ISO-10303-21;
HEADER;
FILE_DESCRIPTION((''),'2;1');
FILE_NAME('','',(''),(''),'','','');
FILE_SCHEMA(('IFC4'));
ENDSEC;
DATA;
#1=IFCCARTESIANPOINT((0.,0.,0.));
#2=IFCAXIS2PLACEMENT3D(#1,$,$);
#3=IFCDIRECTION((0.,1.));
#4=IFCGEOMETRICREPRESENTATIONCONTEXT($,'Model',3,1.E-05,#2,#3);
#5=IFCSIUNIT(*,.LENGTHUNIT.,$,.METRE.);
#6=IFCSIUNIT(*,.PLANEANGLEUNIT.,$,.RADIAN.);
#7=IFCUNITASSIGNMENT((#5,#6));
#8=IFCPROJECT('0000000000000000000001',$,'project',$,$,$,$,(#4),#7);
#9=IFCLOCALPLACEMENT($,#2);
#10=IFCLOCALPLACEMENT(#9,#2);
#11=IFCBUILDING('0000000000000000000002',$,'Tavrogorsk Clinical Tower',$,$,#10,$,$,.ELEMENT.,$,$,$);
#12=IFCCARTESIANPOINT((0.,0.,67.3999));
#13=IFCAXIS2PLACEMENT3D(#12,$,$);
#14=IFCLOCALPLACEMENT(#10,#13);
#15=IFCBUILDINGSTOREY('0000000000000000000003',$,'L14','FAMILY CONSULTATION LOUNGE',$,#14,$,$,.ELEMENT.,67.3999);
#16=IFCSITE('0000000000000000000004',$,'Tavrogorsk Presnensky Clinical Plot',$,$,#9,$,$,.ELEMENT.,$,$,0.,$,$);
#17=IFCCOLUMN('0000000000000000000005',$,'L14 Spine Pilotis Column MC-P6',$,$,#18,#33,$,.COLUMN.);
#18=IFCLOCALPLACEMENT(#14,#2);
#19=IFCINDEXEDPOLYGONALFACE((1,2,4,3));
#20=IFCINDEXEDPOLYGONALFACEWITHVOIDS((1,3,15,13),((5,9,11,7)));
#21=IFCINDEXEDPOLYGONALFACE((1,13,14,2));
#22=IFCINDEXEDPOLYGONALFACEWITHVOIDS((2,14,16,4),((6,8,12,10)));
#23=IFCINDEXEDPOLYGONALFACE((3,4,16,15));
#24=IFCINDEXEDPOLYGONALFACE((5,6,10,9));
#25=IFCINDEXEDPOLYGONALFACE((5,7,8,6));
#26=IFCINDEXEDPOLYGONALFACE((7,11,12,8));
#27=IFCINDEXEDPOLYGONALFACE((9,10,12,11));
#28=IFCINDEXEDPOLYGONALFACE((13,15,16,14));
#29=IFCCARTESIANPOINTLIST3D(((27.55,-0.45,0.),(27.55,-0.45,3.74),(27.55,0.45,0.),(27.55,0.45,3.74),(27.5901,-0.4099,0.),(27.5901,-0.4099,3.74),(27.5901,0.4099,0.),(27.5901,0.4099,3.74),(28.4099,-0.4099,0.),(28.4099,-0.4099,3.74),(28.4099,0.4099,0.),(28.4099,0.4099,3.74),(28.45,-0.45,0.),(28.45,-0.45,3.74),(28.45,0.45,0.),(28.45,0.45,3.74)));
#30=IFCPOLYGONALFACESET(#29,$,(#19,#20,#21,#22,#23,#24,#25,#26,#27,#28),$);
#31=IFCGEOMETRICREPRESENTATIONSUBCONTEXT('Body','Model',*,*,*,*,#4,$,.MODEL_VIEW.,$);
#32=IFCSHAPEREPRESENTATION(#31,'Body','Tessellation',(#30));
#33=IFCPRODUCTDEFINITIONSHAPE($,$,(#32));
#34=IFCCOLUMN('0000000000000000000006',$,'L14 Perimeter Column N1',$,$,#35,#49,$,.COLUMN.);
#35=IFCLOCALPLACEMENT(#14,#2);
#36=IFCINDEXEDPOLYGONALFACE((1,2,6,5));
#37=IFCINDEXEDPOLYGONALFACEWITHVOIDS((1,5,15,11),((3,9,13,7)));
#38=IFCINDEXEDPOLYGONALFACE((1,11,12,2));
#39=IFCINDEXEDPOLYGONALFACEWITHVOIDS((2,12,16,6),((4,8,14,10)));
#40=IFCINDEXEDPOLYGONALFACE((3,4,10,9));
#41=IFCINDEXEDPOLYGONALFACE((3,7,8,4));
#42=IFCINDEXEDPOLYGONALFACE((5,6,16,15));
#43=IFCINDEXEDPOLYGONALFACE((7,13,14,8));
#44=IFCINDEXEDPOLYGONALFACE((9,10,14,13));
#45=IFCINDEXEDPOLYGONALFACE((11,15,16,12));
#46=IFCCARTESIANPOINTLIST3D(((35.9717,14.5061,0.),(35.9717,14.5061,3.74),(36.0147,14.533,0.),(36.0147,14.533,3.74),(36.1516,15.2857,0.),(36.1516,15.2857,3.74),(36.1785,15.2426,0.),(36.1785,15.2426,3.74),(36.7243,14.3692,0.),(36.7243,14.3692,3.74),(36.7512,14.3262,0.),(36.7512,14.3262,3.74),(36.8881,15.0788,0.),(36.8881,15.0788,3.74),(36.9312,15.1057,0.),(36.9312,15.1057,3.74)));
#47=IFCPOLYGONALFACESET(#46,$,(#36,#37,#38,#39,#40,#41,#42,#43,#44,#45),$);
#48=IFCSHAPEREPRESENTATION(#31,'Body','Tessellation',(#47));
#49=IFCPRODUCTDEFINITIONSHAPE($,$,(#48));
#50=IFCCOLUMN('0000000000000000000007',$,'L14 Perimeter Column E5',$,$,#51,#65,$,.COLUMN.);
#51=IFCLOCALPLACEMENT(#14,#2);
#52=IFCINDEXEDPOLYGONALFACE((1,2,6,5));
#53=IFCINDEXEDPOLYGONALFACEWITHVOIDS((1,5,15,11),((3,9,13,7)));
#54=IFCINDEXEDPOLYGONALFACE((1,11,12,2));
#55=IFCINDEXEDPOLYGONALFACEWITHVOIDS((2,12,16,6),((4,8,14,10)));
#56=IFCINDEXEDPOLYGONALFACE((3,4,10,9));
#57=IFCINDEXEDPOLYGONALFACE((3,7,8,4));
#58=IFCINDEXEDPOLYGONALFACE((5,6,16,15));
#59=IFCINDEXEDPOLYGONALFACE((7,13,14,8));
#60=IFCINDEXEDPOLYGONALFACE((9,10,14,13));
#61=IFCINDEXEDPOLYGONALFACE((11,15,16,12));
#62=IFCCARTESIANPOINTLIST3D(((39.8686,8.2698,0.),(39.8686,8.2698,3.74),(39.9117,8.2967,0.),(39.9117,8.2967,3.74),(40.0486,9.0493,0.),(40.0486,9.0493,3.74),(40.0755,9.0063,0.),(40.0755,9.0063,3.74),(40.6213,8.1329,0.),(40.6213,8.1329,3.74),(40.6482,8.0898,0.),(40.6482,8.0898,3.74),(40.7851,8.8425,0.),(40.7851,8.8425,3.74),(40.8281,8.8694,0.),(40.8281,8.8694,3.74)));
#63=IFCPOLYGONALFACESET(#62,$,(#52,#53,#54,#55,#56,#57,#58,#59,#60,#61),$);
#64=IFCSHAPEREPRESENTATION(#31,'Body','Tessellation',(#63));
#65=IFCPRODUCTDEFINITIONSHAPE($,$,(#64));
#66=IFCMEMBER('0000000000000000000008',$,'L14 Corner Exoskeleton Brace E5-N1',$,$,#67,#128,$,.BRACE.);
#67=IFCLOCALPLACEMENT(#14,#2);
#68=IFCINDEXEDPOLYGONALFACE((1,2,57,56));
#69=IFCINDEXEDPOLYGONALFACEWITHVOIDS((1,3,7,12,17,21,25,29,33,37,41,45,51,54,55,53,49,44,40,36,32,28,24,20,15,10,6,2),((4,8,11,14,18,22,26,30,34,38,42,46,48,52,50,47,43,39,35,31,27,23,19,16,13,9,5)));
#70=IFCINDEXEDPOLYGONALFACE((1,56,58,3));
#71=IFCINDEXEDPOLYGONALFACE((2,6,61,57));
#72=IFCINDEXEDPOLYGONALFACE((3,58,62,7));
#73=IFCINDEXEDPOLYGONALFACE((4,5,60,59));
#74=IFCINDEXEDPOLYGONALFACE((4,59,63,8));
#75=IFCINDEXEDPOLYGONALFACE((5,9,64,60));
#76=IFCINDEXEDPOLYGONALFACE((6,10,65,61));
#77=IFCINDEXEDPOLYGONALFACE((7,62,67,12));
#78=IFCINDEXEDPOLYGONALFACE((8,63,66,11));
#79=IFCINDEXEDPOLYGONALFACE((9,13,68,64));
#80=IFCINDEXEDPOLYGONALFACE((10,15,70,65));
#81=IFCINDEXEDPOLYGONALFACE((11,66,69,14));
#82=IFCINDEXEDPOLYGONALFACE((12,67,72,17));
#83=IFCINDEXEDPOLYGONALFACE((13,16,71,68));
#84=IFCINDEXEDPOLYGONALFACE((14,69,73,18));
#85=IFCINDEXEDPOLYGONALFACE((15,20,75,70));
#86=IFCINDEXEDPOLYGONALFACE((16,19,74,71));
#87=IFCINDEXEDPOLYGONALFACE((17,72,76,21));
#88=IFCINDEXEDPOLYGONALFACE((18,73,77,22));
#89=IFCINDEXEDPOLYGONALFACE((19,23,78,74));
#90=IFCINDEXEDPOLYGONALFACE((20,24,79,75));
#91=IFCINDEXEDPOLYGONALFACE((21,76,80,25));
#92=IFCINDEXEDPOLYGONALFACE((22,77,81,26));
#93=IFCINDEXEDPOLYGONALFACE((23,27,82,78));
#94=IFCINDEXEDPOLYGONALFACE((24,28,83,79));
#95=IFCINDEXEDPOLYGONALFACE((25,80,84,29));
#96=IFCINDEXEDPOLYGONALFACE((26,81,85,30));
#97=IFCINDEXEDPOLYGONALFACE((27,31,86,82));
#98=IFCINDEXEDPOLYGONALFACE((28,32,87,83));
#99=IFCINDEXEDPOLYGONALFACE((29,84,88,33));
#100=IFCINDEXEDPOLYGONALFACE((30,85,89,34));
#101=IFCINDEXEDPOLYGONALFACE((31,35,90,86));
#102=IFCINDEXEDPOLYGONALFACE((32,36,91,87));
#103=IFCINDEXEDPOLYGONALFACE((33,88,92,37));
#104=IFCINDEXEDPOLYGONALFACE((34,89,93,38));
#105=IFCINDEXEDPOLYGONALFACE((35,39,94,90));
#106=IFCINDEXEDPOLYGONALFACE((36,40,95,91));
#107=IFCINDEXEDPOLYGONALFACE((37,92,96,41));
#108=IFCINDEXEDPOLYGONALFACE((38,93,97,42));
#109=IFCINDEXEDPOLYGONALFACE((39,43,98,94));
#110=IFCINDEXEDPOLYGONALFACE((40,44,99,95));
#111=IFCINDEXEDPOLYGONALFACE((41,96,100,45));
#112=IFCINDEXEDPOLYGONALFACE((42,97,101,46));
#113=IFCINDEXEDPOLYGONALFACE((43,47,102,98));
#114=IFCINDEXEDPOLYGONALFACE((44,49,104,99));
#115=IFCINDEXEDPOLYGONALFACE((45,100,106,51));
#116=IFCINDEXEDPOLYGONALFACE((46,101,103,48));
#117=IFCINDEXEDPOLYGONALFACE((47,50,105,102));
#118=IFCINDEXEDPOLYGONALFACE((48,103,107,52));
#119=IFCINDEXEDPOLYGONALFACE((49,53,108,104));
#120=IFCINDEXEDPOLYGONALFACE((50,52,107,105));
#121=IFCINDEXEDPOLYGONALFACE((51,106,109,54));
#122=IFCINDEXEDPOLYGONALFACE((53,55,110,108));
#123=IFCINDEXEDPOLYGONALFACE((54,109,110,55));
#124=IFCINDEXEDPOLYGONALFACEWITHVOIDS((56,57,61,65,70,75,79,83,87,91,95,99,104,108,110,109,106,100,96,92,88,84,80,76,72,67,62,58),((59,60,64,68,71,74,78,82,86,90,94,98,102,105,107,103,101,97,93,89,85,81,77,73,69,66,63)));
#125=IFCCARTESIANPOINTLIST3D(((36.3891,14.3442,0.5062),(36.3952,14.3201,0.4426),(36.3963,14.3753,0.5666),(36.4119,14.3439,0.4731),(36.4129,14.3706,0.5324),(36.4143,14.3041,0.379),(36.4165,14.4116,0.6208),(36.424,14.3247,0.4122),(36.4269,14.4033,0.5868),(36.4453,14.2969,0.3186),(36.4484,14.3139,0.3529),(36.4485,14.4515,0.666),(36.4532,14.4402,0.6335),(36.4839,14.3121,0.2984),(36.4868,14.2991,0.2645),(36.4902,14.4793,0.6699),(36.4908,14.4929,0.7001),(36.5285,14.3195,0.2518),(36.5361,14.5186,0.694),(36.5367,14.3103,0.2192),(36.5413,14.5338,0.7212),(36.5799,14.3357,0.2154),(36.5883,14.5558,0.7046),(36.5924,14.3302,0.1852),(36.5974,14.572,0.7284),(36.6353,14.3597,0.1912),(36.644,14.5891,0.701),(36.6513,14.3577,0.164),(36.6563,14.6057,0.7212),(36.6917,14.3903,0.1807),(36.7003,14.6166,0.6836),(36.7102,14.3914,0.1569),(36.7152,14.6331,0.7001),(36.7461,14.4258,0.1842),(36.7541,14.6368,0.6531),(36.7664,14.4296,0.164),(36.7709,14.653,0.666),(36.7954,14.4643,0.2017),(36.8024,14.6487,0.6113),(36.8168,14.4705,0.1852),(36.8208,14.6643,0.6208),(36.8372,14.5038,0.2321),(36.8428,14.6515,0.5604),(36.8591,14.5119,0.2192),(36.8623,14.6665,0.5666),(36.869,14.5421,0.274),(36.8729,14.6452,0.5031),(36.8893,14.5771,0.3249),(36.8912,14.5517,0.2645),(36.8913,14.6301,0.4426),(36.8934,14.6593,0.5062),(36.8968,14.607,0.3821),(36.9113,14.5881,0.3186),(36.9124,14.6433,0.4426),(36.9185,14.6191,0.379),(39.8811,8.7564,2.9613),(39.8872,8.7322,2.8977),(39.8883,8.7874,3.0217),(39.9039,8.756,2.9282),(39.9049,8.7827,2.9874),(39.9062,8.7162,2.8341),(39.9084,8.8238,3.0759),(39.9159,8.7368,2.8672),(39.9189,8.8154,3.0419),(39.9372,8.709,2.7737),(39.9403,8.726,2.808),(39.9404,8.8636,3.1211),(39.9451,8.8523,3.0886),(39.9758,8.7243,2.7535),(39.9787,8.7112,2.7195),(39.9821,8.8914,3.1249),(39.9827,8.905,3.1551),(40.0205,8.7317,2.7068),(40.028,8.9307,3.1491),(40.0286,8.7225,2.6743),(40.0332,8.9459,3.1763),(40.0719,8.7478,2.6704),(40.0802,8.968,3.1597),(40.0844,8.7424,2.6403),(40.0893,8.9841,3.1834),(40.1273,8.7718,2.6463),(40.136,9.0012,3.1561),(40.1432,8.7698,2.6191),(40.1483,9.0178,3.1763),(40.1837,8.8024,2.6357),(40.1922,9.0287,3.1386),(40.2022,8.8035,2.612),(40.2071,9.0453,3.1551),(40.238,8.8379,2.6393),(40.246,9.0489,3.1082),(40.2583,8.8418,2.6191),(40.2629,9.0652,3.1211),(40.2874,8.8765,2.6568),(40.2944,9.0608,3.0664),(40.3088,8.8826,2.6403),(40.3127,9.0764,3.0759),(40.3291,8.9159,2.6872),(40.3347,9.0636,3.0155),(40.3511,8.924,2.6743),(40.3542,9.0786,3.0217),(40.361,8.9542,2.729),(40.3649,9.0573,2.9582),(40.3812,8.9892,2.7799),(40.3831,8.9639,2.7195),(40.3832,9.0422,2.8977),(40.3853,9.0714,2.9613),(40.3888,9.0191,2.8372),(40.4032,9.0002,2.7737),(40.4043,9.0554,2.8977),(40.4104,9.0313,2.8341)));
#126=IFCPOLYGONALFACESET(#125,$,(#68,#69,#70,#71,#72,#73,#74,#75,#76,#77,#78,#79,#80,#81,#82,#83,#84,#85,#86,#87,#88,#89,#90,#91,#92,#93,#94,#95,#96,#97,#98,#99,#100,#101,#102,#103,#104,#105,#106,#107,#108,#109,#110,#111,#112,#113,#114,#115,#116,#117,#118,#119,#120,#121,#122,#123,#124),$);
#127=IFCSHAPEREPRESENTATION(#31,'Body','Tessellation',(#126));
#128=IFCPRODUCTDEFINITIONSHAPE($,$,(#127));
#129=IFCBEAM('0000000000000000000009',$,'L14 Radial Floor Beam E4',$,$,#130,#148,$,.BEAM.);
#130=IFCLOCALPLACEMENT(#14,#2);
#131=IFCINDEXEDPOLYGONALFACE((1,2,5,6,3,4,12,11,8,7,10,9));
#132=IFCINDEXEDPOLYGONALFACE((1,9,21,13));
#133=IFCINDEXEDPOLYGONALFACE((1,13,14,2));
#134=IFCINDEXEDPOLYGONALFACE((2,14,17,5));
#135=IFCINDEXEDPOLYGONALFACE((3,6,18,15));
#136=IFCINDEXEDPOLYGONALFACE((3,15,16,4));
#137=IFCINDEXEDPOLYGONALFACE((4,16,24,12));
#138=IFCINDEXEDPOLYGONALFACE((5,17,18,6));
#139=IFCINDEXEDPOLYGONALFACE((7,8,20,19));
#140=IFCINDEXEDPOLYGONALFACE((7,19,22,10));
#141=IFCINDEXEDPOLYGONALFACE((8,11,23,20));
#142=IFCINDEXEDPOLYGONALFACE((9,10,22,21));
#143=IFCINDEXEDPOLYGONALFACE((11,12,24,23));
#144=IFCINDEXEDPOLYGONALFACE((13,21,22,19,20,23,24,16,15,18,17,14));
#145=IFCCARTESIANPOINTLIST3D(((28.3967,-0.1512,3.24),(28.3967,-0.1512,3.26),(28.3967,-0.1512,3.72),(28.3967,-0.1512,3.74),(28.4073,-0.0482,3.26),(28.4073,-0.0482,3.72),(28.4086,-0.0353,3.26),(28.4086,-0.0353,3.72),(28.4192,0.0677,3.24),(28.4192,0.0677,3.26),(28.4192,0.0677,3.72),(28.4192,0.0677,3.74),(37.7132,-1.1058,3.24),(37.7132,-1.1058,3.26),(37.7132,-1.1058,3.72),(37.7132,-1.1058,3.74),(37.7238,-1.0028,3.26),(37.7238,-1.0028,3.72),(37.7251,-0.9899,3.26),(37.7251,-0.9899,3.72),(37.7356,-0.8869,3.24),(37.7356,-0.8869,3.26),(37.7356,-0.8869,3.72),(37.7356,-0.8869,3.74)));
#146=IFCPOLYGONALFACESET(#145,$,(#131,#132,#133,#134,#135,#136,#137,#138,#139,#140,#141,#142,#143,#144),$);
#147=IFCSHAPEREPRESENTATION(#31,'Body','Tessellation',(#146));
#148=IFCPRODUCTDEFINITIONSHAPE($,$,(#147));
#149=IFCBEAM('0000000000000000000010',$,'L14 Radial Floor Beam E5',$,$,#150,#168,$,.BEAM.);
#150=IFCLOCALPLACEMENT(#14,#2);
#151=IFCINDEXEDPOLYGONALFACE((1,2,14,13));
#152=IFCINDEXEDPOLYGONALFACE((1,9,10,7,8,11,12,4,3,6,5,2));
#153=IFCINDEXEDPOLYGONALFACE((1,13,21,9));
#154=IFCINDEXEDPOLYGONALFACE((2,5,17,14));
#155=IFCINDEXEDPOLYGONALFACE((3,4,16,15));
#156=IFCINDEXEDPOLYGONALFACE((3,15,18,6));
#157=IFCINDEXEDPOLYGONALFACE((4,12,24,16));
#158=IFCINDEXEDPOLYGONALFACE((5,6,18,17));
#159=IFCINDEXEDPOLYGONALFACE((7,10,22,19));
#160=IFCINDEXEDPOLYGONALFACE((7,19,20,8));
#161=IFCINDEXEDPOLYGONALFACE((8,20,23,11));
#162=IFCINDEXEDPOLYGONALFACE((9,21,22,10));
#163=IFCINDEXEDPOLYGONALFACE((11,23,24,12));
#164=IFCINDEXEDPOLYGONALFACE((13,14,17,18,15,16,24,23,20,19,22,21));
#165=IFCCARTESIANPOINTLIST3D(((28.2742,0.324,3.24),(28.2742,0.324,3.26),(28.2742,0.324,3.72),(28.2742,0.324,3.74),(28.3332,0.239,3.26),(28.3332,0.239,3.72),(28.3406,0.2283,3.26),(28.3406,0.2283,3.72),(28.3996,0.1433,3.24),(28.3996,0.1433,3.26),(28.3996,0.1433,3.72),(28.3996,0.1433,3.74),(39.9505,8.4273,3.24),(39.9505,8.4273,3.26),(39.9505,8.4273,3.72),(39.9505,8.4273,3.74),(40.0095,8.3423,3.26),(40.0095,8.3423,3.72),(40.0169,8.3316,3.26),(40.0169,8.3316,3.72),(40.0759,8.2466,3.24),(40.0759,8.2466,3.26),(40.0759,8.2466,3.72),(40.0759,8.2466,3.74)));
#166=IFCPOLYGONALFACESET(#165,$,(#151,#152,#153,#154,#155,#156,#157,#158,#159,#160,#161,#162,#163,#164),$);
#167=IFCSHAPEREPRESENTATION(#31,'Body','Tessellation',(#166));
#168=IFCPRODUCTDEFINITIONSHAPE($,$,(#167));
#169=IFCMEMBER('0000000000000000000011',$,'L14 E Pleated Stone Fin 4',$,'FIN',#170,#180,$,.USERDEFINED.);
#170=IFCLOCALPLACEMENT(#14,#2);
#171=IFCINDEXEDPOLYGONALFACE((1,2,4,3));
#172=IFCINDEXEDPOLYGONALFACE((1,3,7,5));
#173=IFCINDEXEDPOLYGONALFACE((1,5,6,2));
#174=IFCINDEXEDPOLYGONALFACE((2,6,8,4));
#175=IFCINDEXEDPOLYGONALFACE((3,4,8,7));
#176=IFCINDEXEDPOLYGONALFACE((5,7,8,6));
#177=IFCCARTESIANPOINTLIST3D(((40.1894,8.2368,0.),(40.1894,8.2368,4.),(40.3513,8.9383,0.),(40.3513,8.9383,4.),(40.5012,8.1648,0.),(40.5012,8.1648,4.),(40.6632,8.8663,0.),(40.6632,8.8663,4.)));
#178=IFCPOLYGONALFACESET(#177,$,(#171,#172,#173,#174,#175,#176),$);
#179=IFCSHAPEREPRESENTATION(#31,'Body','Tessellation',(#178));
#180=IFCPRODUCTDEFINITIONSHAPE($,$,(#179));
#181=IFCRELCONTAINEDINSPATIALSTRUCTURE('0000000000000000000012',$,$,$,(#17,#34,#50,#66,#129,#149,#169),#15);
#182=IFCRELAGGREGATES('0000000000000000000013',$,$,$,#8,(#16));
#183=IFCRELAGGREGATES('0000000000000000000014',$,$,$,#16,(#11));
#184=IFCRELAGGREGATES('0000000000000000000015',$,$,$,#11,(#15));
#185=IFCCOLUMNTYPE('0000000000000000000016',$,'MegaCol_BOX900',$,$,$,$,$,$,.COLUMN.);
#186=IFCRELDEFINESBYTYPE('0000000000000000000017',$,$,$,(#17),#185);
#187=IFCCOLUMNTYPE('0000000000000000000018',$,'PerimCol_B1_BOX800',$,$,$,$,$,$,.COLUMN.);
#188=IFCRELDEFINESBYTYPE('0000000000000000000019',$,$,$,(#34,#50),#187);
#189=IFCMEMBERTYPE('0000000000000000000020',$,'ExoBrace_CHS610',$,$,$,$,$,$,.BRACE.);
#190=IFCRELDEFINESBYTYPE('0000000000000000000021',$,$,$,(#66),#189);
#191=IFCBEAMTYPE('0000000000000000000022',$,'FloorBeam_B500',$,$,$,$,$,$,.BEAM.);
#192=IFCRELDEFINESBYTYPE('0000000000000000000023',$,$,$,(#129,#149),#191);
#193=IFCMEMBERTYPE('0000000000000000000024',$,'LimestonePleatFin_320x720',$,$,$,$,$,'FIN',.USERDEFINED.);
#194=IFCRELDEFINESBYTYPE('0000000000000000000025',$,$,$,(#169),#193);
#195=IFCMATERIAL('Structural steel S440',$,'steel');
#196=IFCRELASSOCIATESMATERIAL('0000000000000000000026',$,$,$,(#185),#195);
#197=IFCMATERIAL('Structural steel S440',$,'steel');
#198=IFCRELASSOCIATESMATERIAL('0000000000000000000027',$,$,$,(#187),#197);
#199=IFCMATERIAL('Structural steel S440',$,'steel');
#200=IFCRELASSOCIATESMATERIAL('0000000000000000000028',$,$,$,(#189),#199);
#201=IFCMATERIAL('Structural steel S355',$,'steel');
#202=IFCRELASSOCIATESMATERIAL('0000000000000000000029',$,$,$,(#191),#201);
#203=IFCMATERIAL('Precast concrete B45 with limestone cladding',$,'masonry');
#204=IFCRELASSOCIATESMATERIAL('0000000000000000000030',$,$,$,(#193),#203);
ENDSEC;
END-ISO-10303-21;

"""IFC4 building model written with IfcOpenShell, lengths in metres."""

from ifc_helpers import new_model, si_unit, direction, frame, origin, origin_2d, place, context, subcontext, project, spatial, rectangle, hollow_rectangle, hollow_circle, i_section, extrude, material, material_profile, profile_set, type_object, element, save


model = new_model("IFC4")

# Units and contexts
model_context = context("Model", 3, precision=1e-05, world=origin(), true_north=direction((0.0, 1.0)))
body_context = subcontext(model_context, "Body", "Model", "MODEL_VIEW")
ifc_project = project(units=[si_unit("LENGTHUNIT", "METRE"), si_unit("PLANEANGLEUNIT", "RADIAN")], contexts=[model_context])

# Site, building, storey
site_placement = place(None, origin())
site = spatial("IfcSite", under=ifc_project, at=site_placement, Name="Tavrogorsk Presnensky Clinical Plot", CompositionType="ELEMENT", RefElevation=0.0)
building_placement = place(site_placement, origin())
building = spatial("IfcBuilding", under=site, at=building_placement, Name="Tavrogorsk Clinical Tower", CompositionType="ELEMENT")
storey_placement = place(building_placement, frame((0.0, 0.0, 67.3999)))
storey = spatial("IfcBuildingStorey", under=building, at=storey_placement, Name="L14", Description="FAMILY CONSULTATION LOUNGE", CompositionType="ELEMENT", Elevation=67.3999)

# Columns
ifc_material_1 = material(Name="Structural steel S440", Category="steel")
ifc_material_profile_1 = material_profile(ifc_material_1, hollow_rectangle(XDim=0.8999, YDim=0.8999, WallThickness=0.04, at=origin_2d()), Name="BOX-900x900x40")
ifc_profile_set_1 = profile_set([ifc_material_profile_1], Name="Structural steel S440")
column_type_1 = type_object("IfcColumnType", Name="MegaCol_BOX900", PredefinedType="COLUMN", material=ifc_profile_set_1)
column_placement = place(storey_placement, frame((28.0, 0.0, 0.0), z_axis=(0.0, 0.0, 1.0), x_axis=(1.0, 0.0, 0.0)))
element("IfcColumn", 1, at=column_placement, inside=storey, type_object=column_type_1, Name="L14 Spine Pilotis Column MC-P6", PredefinedType="COLUMN", context=body_context, shape_type="SweptSolid", body=[
    extrude(hollow_rectangle(XDim=0.8999, YDim=0.8999, WallThickness=0.04, at=origin_2d()), origin(), (0.0, 0.0, 1.0), 3.74),
])
ifc_material_2 = material(Name="Structural steel S440", Category="steel")
ifc_material_profile_2 = material_profile(ifc_material_2, hollow_rectangle(XDim=0.8, YDim=0.8, WallThickness=0.0359, at=origin_2d()), Name="BOX-800x800x36")
ifc_profile_set_2 = profile_set([ifc_material_profile_2], Name="Structural steel S440")
column_type_2 = type_object("IfcColumnType", Name="PerimCol_B1_BOX800", PredefinedType="COLUMN", material=ifc_profile_set_2)
for number, where, z_axis, x_axis, name in (
    (2, (36.4514, 14.8059, 0.0), (0.0, 0.0, 1.0), (0.97437, -0.224951, 0.0), "L14 Perimeter Column N1"),
    (3, (40.3484, 8.5696, 0.0), (0.0, 0.0, 1.0), (0.97437, -0.224951, 0.0), "L14 Perimeter Column E5"),
):
    element("IfcColumn", number, at=place(storey_placement, frame(where, z_axis=z_axis, x_axis=x_axis)), inside=storey, type_object=column_type_2, Name=name, PredefinedType="COLUMN", context=body_context, shape_type="SweptSolid", body=[
        extrude(hollow_rectangle(XDim=0.8, YDim=0.8, WallThickness=0.0359, at=origin_2d()), origin(), (0.0, 0.0, 1.0), 3.74),
    ])

# Member
ifc_material_3 = material(Name="Structural steel S440", Category="steel")
ifc_material_profile_3 = material_profile(ifc_material_3, hollow_circle(Radius=0.3049, WallThickness=0.0249, at=origin_2d()), Name="CHS-610x25")
ifc_profile_set_3 = profile_set([ifc_material_profile_3], Name="Structural steel S440")
member_type_1 = type_object("IfcMemberType", Name="ExoBrace_CHS610", PredefinedType="BRACE", material=ifc_profile_set_3)
member_1_placement = place(storey_placement, frame((36.6538, 14.4817, 0.4426), z_axis=(0.496596, -0.794665, 0.349142), x_axis=(0.848032, 0.529946, 0.0)))
element("IfcMember", 4, at=member_1_placement, inside=storey, type_object=member_type_1, Name="L14 Corner Exoskeleton Brace E5-N1", PredefinedType="BRACE", context=body_context, shape_type="SweptSolid", body=[
    extrude(hollow_circle(Radius=0.3049, WallThickness=0.0249, at=origin_2d()), origin(), (0.0, 0.0, 1.0), 7.0317),
])

# Beams
ifc_material_4 = material(Name="Structural steel S355", Category="steel")
ifc_material_profile_4 = material_profile(ifc_material_4, i_section(OverallWidth=0.22, OverallDepth=0.5, WebThickness=0.0129, FlangeThickness=0.02, at=origin_2d()), Name="B-500x220x13x20")
ifc_profile_set_4 = profile_set([ifc_material_profile_4], Name="Structural steel S355")
beam_type_1 = type_object("IfcBeamType", Name="FloorBeam_B500", PredefinedType="BEAM", material=ifc_profile_set_4)
beam_1_placement = place(storey_placement, frame((28.408, -0.0417, 3.49), z_axis=(0.994792, -0.10193, 0.0), x_axis=(0.10193, 0.994792, 0.0)))
element("IfcBeam", 5, at=beam_1_placement, inside=storey, type_object=beam_type_1, Name="L14 Radial Floor Beam E4", PredefinedType="BEAM", context=body_context, shape_type="SweptSolid", body=[
    extrude(i_section(OverallWidth=0.22, OverallDepth=0.5, WebThickness=0.0129, FlangeThickness=0.02, at=origin_2d()), origin(), (0.0, 0.0, 1.0), 9.3652),
])
beam_2_placement = place(storey_placement, frame((28.3369, 0.2336, 3.49), z_axis=(0.821543, 0.570147, 0.0), x_axis=(-0.570147, 0.821543, 0.0)))
element("IfcBeam", 6, at=beam_2_placement, inside=storey, type_object=beam_type_1, Name="L14 Radial Floor Beam E5", PredefinedType="BEAM", context=body_context, shape_type="SweptSolid", body=[
    extrude(i_section(OverallWidth=0.22, OverallDepth=0.5, WebThickness=0.0129, FlangeThickness=0.02, at=origin_2d()), origin(), (0.0, 0.0, 1.0), 14.2126),
])

# Member
ifc_material_5 = material(Name="Precast concrete B45 with limestone cladding", Category="masonry")
ifc_material_profile_5 = material_profile(ifc_material_5, rectangle(XDim=0.3201, YDim=0.72, at=origin_2d()), Name="LIMESTONE-FIN-320x720")
ifc_profile_set_5 = profile_set([ifc_material_profile_5], Name="Precast concrete B45 with limestone cladding")
member_type_2 = type_object("IfcMemberType", Name="LimestonePleatFin_320x720", ElementType="FIN", PredefinedType="USERDEFINED", material=ifc_profile_set_5)
member_2_placement = place(storey_placement, frame((40.4263, 8.5515, 0.0), z_axis=(0.0, 0.0, 1.0), x_axis=(0.97437, -0.224951, 0.0)))
element("IfcMember", 7, at=member_2_placement, inside=storey, type_object=member_type_2, Name="L14 E Pleated Stone Fin 4", ObjectType="FIN", PredefinedType="USERDEFINED", context=body_context, shape_type="SweptSolid", body=[
    extrude(rectangle(XDim=0.3201, YDim=0.72, at=origin_2d()), origin(), (0.0, 0.0, 1.0), 4.0),
])

save(model, "model.ifc")
